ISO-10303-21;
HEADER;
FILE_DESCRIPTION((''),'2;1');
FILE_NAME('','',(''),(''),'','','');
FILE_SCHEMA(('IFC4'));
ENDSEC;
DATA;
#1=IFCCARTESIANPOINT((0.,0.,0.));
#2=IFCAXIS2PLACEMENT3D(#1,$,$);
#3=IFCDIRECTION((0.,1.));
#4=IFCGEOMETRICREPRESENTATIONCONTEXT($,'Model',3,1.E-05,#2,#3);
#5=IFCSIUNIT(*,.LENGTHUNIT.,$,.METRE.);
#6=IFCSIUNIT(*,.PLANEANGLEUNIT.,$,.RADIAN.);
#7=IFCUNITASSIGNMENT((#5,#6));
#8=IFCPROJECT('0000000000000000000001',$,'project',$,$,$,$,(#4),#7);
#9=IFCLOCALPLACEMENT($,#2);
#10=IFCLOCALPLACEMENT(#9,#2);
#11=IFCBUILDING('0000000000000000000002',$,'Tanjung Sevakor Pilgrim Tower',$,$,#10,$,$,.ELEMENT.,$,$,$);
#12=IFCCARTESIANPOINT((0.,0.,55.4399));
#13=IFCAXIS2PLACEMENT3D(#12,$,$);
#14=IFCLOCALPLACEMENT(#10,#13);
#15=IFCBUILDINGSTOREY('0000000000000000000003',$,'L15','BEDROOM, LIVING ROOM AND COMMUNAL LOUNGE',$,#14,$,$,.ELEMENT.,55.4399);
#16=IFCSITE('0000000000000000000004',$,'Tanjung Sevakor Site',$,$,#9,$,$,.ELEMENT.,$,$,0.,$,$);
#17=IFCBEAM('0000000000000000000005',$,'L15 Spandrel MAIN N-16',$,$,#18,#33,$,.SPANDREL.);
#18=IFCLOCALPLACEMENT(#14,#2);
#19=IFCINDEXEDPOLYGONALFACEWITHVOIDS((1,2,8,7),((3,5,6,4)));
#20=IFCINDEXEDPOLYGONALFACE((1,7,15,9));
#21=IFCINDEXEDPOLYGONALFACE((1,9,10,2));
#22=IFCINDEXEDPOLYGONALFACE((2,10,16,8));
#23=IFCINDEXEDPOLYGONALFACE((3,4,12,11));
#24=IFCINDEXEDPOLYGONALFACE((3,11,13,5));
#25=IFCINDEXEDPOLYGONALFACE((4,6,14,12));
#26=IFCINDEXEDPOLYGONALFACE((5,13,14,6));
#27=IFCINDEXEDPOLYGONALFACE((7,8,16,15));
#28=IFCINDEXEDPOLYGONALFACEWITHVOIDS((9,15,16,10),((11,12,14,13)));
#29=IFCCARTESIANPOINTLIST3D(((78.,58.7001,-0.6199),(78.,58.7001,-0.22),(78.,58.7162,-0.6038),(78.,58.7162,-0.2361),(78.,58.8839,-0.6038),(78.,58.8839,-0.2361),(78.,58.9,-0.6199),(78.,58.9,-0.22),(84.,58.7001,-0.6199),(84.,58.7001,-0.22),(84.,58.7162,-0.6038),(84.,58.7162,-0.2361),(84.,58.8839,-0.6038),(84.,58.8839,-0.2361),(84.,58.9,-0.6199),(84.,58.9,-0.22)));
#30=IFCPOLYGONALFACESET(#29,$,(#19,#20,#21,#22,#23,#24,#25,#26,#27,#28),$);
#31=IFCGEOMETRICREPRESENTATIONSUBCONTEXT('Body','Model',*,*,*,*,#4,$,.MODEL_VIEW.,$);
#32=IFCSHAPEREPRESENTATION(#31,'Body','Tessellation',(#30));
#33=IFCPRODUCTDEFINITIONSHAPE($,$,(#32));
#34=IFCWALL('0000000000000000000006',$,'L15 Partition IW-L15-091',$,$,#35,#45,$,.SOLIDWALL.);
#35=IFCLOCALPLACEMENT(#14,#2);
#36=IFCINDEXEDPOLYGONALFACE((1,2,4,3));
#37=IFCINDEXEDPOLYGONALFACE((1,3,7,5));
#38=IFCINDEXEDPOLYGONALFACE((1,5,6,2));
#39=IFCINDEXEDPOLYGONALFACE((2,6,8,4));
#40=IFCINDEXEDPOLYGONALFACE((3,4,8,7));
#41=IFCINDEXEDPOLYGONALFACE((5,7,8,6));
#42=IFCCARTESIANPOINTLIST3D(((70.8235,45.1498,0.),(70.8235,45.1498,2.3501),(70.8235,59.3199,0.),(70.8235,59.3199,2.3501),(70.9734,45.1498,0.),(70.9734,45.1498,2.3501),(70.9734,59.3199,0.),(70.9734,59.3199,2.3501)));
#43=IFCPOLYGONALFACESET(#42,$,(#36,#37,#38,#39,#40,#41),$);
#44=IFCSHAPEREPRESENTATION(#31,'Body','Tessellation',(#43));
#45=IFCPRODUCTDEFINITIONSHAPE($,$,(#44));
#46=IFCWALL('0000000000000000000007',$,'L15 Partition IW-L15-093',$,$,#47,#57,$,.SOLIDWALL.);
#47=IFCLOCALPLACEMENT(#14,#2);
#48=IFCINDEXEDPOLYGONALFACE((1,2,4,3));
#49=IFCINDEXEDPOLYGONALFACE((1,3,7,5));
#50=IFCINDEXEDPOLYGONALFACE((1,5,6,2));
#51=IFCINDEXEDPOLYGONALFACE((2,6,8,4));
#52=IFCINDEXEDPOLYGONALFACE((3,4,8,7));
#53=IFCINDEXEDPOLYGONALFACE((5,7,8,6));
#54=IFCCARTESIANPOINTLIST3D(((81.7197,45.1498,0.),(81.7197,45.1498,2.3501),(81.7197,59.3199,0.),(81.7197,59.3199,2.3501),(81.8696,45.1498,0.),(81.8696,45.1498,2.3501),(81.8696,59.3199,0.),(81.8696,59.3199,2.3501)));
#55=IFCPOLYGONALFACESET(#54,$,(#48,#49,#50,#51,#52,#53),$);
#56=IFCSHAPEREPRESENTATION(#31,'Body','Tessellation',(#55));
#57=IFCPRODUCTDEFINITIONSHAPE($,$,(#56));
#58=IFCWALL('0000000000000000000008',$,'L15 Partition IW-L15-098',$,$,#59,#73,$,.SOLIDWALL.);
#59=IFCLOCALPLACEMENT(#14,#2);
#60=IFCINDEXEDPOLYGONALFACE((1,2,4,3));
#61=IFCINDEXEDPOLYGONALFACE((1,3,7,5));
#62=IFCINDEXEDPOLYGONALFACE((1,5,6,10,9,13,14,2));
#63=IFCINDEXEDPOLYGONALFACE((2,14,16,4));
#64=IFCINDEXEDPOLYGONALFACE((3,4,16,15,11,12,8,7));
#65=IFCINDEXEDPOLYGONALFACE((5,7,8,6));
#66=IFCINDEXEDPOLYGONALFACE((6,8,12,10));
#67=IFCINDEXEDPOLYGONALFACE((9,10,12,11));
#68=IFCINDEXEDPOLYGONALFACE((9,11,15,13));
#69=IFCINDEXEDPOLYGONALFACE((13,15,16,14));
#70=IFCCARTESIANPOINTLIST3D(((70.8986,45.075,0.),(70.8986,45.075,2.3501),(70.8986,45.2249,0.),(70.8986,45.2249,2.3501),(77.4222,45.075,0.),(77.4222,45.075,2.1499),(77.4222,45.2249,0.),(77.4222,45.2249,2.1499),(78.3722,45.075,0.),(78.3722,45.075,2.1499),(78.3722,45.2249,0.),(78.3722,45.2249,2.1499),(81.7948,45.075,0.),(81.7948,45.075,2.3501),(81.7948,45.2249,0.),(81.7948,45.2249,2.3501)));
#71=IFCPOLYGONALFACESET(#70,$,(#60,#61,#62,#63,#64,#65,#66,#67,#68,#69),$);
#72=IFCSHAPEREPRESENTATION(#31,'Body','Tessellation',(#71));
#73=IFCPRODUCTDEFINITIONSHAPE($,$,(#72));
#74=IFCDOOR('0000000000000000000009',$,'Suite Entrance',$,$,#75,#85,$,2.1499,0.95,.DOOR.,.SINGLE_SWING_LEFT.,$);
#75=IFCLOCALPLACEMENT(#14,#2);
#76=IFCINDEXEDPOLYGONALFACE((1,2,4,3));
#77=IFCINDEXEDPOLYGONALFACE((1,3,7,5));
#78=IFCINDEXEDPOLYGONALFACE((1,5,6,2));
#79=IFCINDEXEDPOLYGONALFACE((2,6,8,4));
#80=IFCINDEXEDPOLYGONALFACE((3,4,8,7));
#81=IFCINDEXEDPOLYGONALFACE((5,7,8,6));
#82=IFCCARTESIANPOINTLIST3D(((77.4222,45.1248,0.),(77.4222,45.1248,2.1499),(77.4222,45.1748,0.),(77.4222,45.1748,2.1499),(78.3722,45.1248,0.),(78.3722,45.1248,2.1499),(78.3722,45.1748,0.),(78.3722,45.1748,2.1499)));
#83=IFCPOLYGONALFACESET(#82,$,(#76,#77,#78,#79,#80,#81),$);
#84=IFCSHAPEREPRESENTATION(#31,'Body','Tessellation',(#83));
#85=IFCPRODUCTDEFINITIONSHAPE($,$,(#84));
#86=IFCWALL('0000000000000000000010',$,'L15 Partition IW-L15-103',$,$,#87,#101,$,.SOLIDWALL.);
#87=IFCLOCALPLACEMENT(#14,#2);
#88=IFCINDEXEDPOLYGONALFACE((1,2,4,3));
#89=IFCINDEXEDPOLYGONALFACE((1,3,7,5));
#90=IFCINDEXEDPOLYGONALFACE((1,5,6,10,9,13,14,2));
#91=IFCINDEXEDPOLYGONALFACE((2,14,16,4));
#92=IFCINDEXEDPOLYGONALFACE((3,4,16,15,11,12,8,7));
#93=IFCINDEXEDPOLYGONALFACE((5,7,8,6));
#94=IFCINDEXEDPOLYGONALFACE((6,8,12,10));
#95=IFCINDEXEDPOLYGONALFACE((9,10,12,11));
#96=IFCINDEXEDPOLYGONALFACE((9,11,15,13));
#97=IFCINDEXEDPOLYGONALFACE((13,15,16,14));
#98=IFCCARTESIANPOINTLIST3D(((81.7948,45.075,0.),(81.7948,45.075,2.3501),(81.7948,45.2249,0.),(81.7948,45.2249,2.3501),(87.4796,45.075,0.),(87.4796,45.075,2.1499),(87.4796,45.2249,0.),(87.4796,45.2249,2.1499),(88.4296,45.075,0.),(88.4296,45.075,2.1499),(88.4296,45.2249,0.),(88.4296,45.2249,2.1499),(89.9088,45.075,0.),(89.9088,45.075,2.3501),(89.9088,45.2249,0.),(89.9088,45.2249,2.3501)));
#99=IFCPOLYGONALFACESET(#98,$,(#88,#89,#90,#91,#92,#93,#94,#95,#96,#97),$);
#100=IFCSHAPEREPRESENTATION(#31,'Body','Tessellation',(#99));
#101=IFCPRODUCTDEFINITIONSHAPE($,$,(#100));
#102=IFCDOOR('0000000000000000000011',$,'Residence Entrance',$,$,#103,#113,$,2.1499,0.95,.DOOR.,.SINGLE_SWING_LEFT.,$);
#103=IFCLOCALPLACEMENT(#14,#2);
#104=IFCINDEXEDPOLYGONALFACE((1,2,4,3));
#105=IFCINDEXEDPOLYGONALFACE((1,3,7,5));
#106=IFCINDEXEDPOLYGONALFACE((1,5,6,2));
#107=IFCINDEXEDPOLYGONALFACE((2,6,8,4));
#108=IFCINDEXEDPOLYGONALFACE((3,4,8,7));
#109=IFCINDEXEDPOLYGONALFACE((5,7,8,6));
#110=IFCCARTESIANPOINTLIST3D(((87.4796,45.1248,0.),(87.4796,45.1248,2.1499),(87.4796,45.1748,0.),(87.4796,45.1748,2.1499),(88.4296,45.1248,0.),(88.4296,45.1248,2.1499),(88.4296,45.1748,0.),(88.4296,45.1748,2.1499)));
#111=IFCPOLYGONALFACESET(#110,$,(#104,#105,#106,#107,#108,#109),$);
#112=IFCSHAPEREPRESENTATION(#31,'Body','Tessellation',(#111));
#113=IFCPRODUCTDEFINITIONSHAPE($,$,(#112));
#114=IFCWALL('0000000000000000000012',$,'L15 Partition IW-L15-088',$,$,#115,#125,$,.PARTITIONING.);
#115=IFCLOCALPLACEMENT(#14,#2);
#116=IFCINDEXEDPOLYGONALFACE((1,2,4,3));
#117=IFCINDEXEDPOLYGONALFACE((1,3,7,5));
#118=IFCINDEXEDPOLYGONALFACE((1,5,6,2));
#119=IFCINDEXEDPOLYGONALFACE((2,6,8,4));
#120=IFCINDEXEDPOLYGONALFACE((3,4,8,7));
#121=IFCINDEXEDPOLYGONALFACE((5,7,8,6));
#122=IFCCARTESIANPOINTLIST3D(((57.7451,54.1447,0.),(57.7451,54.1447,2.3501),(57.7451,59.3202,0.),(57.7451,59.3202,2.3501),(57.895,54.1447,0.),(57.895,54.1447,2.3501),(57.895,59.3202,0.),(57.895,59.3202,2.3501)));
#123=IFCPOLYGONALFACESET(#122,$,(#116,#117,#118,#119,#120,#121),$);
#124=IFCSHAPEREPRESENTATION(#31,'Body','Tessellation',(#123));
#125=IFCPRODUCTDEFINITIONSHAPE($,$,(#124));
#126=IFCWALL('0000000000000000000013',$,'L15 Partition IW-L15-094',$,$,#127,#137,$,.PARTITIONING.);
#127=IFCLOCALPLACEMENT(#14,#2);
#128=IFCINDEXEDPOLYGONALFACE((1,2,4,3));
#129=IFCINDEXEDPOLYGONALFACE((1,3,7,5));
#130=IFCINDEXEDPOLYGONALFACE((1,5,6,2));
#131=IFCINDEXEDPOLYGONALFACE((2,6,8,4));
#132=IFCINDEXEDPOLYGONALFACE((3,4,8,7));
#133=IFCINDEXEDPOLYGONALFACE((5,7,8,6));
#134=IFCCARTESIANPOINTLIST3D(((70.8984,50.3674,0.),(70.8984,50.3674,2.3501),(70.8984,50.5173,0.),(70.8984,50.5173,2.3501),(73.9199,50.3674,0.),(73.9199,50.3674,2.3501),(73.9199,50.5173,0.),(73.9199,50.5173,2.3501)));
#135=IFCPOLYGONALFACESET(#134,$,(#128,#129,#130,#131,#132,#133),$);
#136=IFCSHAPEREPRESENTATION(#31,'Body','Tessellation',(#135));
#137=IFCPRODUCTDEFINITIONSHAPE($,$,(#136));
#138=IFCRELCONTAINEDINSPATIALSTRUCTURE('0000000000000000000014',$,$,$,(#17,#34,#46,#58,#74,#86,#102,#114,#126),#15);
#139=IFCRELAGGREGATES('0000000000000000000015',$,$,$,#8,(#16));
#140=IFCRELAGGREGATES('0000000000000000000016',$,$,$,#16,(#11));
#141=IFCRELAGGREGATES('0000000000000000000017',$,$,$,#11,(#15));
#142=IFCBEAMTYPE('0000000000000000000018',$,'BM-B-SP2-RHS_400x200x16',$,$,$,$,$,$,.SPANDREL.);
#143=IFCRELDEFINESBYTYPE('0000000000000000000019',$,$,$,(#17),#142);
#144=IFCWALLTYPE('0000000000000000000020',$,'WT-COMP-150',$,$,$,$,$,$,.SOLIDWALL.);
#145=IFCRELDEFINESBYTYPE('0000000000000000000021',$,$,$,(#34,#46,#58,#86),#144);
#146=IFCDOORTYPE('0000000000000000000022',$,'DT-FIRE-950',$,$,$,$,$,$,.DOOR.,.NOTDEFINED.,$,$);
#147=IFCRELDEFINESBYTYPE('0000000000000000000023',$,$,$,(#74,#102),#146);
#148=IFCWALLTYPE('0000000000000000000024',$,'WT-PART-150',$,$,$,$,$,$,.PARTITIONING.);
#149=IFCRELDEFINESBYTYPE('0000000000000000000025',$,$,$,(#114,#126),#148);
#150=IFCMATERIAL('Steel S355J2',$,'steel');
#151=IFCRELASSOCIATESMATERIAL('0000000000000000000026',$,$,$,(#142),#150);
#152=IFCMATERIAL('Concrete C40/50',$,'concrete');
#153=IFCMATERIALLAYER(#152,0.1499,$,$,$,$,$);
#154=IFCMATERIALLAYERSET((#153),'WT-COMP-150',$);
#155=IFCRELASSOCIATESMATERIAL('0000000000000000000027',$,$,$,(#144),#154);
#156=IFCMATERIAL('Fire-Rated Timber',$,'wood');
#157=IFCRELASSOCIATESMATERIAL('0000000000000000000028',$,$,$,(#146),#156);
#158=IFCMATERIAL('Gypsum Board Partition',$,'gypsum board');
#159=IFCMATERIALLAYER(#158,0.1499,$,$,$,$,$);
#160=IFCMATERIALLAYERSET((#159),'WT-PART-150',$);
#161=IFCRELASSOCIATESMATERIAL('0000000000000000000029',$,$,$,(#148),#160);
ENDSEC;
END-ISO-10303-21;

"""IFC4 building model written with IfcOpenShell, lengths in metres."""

from ifc_helpers import new_model, si_unit, direction, frame, frame_2d, origin, origin_2d, place, context, subcontext, project, spatial, rectangle, hollow_rectangle, extrude, material, layer, layer_set, material_profile, profile_set, type_object, element, fill, save


model = new_model("IFC4")

# Units and contexts
model_context = context("Model", 3, precision=1e-05, world=origin(), true_north=direction((0.0, 1.0)))
body_context = subcontext(model_context, "Body", "Model", "MODEL_VIEW")
ifc_project = project(units=[si_unit("LENGTHUNIT", "METRE"), si_unit("PLANEANGLEUNIT", "RADIAN")], contexts=[model_context])

# Site, building, storey
site_placement = place(None, origin())
site = spatial("IfcSite", under=ifc_project, at=site_placement, Name="Tanjung Sevakor Site", CompositionType="ELEMENT", RefElevation=0.0)
building_placement = place(site_placement, origin())
building = spatial("IfcBuilding", under=site, at=building_placement, Name="Tanjung Sevakor Pilgrim Tower", CompositionType="ELEMENT")
storey_placement = place(building_placement, frame((0.0, 0.0, 55.4399)))
storey = spatial("IfcBuildingStorey", under=building, at=storey_placement, Name="L15", Description="BEDROOM, LIVING ROOM AND COMMUNAL LOUNGE", CompositionType="ELEMENT", Elevation=55.4399)

# Beam
ifc_material_1 = material(Name="Steel S355J2", Category="steel")
ifc_material_profile_1 = material_profile(ifc_material_1, hollow_rectangle(XDim=0.2, YDim=0.3999, WallThickness=0.0161, at=origin_2d()))
ifc_profile_set_1 = profile_set([ifc_material_profile_1], Name="Steel S355J2")
beam_type_1 = type_object("IfcBeamType", Name="BM-B-SP2-RHS_400x200x16", PredefinedType="SPANDREL", material=ifc_profile_set_1)
for number, where, z_axis, x_axis, name in (
    (1, (78.0, 58.8, -0.4199), (1.0, 0.0, 0.0), (0.0, 1.0, 0.0), "L15 Spandrel MAIN N-16"),
):
    element("IfcBeam", number, at=place(storey_placement, frame(where, z_axis=z_axis, x_axis=x_axis)), inside=storey, type_object=beam_type_1, Name=name, PredefinedType="SPANDREL", context=body_context, shape_type="SweptSolid", body=[
        extrude(hollow_rectangle(XDim=0.2, YDim=0.3999, WallThickness=0.0161, at=origin_2d()), origin(), (0.0, 0.0, 1.0), 6.0),
    ])

# Walls
ifc_material_2 = material(Name="Concrete C40/50", Category="concrete")
ifc_layer_1 = layer(ifc_material_2, 0.1499)
ifc_layer_set_1 = layer_set([ifc_layer_1], Name="WT-COMP-150")
wall_type_1 = type_object("IfcWallType", Name="WT-COMP-150", PredefinedType="SOLIDWALL", material=ifc_layer_set_1)
for number, where, z_axis, x_axis, name in (
    (2, (70.8984, 45.1499, 0.0), (0.0, 0.0, 1.0), (0.0, 1.0, 0.0), "L15 Partition IW-L15-091"),
    (3, (81.7947, 45.1499, 0.0), (0.0, 0.0, 1.0), (0.0, 1.0, 0.0), "L15 Partition IW-L15-093"),
):
    element("IfcWall", number, at=place(storey_placement, frame(where, z_axis=z_axis, x_axis=x_axis)), inside=storey, type_object=wall_type_1, Name=name, PredefinedType="SOLIDWALL", context=body_context, shape_type="SweptSolid", body=[
        extrude(rectangle(XDim=14.1702, YDim=0.1499, at=frame_2d((7.085, 0.0))), origin(), (0.0, 0.0, 1.0), 2.3501),
    ])

# Walls, openings, doors
wall_1_placement = place(storey_placement, frame((70.8984, 45.1499, 0.0), z_axis=(0.0, 0.0, 1.0), x_axis=(1.0, 0.0, 0.0)))
wall_1 = element("IfcWall", 4, at=wall_1_placement, inside=storey, type_object=wall_type_1, Name="L15 Partition IW-L15-098", PredefinedType="SOLIDWALL", context=body_context, shape_type="SweptSolid", body=[
    extrude(rectangle(XDim=10.8962, YDim=0.1499, at=frame_2d((5.4482, 0.0))), origin(), (0.0, 0.0, 1.0), 2.3501),
])
opening_1_placement = place(wall_1_placement, frame((6.5237, 0.0, 0.0)))
opening_1 = element("IfcOpeningElement", 5, at=opening_1_placement, cuts=wall_1, PredefinedType="OPENING", context=body_context, shape_type="SweptSolid", body=[
    extrude(rectangle(XDim=0.95, YDim=2.1499, at=frame_2d((0.4751, 1.075))), frame((0.0, 0.085, 0.0), z_axis=(0.0, -1.0, 0.0), x_axis=(1.0, 0.0, 0.0)), (0.0, 0.0, 1.0), 0.1699),
])
ifc_material_3 = material(Name="Fire-Rated Timber", Category="wood")
door_type_1 = type_object("IfcDoorType", Name="DT-FIRE-950", OperationType="NOTDEFINED", PredefinedType="DOOR", material=ifc_material_3)
door_1_placement = place(opening_1_placement, origin())
door_1 = element("IfcDoor", 6, at=door_1_placement, inside=storey, type_object=door_type_1, Name="Suite Entrance", OperationType="SINGLE_SWING_LEFT", OverallHeight=2.1499, OverallWidth=0.95, PredefinedType="DOOR", context=body_context, shape_type="SweptSolid", body=[
    extrude(rectangle(XDim=0.95, YDim=2.1499, at=frame_2d((0.4751, 1.075))), frame((0.0, 0.0249, 0.0), z_axis=(0.0, -1.0, 0.0), x_axis=(1.0, 0.0, 0.0)), (0.0, 0.0, 1.0), 0.05),
])
fill(opening_1, door_1)
wall_2_placement = place(storey_placement, frame((81.7947, 45.1499, 0.0), z_axis=(0.0, 0.0, 1.0), x_axis=(1.0, 0.0, 0.0)))
wall_2 = element("IfcWall", 7, at=wall_2_placement, inside=storey, type_object=wall_type_1, Name="L15 Partition IW-L15-103", PredefinedType="SOLIDWALL", context=body_context, shape_type="SweptSolid", body=[
    extrude(rectangle(XDim=8.114, YDim=0.1499, at=frame_2d((4.0571, 0.0))), origin(), (0.0, 0.0, 1.0), 2.3501),
])
opening_2_placement = place(wall_2_placement, frame((5.6848, 0.0, 0.0)))
opening_2 = element("IfcOpeningElement", 8, at=opening_2_placement, cuts=wall_2, PredefinedType="OPENING", context=body_context, shape_type="SweptSolid", body=[
    extrude(rectangle(XDim=0.95, YDim=2.1499, at=frame_2d((0.4751, 1.075))), frame((0.0, 0.085, 0.0), z_axis=(0.0, -1.0, 0.0), x_axis=(1.0, 0.0, 0.0)), (0.0, 0.0, 1.0), 0.1699),
])
door_2_placement = place(opening_2_placement, origin())
door_2 = element("IfcDoor", 9, at=door_2_placement, inside=storey, type_object=door_type_1, Name="Residence Entrance", OperationType="SINGLE_SWING_LEFT", OverallHeight=2.1499, OverallWidth=0.95, PredefinedType="DOOR", context=body_context, shape_type="SweptSolid", body=[
    extrude(rectangle(XDim=0.95, YDim=2.1499, at=frame_2d((0.4751, 1.075))), frame((0.0, 0.0249, 0.0), z_axis=(0.0, -1.0, 0.0), x_axis=(1.0, 0.0, 0.0)), (0.0, 0.0, 1.0), 0.05),
])
fill(opening_2, door_2)

# Walls
ifc_material_4 = material(Name="Gypsum Board Partition", Category="gypsum board")
ifc_layer_2 = layer(ifc_material_4, 0.1499)
ifc_layer_set_2 = layer_set([ifc_layer_2], Name="WT-PART-150")
wall_type_2 = type_object("IfcWallType", Name="WT-PART-150", PredefinedType="PARTITIONING", material=ifc_layer_set_2)
wall_3_placement = place(storey_placement, frame((57.8201, 54.1445, 0.0), z_axis=(0.0, 0.0, 1.0), x_axis=(0.0, 1.0, 0.0)))
element("IfcWall", 10, at=wall_3_placement, inside=storey, type_object=wall_type_2, Name="L15 Partition IW-L15-088", PredefinedType="PARTITIONING", context=body_context, shape_type="SweptSolid", body=[
    extrude(rectangle(XDim=5.1755, YDim=0.1499, at=frame_2d((2.5879, 0.0))), origin(), (0.0, 0.0, 1.0), 2.3501),
])
wall_4_placement = place(storey_placement, frame((70.8984, 50.4424, 0.0), z_axis=(0.0, 0.0, 1.0), x_axis=(1.0, 0.0, 0.0)))
element("IfcWall", 11, at=wall_4_placement, inside=storey, type_object=wall_type_2, Name="L15 Partition IW-L15-094", PredefinedType="PARTITIONING", context=body_context, shape_type="SweptSolid", body=[
    extrude(rectangle(XDim=3.0215, YDim=0.1499, at=frame_2d((1.5107, 0.0))), origin(), (0.0, 0.0, 1.0), 2.3501),
])

save(model, "model.ifc")
